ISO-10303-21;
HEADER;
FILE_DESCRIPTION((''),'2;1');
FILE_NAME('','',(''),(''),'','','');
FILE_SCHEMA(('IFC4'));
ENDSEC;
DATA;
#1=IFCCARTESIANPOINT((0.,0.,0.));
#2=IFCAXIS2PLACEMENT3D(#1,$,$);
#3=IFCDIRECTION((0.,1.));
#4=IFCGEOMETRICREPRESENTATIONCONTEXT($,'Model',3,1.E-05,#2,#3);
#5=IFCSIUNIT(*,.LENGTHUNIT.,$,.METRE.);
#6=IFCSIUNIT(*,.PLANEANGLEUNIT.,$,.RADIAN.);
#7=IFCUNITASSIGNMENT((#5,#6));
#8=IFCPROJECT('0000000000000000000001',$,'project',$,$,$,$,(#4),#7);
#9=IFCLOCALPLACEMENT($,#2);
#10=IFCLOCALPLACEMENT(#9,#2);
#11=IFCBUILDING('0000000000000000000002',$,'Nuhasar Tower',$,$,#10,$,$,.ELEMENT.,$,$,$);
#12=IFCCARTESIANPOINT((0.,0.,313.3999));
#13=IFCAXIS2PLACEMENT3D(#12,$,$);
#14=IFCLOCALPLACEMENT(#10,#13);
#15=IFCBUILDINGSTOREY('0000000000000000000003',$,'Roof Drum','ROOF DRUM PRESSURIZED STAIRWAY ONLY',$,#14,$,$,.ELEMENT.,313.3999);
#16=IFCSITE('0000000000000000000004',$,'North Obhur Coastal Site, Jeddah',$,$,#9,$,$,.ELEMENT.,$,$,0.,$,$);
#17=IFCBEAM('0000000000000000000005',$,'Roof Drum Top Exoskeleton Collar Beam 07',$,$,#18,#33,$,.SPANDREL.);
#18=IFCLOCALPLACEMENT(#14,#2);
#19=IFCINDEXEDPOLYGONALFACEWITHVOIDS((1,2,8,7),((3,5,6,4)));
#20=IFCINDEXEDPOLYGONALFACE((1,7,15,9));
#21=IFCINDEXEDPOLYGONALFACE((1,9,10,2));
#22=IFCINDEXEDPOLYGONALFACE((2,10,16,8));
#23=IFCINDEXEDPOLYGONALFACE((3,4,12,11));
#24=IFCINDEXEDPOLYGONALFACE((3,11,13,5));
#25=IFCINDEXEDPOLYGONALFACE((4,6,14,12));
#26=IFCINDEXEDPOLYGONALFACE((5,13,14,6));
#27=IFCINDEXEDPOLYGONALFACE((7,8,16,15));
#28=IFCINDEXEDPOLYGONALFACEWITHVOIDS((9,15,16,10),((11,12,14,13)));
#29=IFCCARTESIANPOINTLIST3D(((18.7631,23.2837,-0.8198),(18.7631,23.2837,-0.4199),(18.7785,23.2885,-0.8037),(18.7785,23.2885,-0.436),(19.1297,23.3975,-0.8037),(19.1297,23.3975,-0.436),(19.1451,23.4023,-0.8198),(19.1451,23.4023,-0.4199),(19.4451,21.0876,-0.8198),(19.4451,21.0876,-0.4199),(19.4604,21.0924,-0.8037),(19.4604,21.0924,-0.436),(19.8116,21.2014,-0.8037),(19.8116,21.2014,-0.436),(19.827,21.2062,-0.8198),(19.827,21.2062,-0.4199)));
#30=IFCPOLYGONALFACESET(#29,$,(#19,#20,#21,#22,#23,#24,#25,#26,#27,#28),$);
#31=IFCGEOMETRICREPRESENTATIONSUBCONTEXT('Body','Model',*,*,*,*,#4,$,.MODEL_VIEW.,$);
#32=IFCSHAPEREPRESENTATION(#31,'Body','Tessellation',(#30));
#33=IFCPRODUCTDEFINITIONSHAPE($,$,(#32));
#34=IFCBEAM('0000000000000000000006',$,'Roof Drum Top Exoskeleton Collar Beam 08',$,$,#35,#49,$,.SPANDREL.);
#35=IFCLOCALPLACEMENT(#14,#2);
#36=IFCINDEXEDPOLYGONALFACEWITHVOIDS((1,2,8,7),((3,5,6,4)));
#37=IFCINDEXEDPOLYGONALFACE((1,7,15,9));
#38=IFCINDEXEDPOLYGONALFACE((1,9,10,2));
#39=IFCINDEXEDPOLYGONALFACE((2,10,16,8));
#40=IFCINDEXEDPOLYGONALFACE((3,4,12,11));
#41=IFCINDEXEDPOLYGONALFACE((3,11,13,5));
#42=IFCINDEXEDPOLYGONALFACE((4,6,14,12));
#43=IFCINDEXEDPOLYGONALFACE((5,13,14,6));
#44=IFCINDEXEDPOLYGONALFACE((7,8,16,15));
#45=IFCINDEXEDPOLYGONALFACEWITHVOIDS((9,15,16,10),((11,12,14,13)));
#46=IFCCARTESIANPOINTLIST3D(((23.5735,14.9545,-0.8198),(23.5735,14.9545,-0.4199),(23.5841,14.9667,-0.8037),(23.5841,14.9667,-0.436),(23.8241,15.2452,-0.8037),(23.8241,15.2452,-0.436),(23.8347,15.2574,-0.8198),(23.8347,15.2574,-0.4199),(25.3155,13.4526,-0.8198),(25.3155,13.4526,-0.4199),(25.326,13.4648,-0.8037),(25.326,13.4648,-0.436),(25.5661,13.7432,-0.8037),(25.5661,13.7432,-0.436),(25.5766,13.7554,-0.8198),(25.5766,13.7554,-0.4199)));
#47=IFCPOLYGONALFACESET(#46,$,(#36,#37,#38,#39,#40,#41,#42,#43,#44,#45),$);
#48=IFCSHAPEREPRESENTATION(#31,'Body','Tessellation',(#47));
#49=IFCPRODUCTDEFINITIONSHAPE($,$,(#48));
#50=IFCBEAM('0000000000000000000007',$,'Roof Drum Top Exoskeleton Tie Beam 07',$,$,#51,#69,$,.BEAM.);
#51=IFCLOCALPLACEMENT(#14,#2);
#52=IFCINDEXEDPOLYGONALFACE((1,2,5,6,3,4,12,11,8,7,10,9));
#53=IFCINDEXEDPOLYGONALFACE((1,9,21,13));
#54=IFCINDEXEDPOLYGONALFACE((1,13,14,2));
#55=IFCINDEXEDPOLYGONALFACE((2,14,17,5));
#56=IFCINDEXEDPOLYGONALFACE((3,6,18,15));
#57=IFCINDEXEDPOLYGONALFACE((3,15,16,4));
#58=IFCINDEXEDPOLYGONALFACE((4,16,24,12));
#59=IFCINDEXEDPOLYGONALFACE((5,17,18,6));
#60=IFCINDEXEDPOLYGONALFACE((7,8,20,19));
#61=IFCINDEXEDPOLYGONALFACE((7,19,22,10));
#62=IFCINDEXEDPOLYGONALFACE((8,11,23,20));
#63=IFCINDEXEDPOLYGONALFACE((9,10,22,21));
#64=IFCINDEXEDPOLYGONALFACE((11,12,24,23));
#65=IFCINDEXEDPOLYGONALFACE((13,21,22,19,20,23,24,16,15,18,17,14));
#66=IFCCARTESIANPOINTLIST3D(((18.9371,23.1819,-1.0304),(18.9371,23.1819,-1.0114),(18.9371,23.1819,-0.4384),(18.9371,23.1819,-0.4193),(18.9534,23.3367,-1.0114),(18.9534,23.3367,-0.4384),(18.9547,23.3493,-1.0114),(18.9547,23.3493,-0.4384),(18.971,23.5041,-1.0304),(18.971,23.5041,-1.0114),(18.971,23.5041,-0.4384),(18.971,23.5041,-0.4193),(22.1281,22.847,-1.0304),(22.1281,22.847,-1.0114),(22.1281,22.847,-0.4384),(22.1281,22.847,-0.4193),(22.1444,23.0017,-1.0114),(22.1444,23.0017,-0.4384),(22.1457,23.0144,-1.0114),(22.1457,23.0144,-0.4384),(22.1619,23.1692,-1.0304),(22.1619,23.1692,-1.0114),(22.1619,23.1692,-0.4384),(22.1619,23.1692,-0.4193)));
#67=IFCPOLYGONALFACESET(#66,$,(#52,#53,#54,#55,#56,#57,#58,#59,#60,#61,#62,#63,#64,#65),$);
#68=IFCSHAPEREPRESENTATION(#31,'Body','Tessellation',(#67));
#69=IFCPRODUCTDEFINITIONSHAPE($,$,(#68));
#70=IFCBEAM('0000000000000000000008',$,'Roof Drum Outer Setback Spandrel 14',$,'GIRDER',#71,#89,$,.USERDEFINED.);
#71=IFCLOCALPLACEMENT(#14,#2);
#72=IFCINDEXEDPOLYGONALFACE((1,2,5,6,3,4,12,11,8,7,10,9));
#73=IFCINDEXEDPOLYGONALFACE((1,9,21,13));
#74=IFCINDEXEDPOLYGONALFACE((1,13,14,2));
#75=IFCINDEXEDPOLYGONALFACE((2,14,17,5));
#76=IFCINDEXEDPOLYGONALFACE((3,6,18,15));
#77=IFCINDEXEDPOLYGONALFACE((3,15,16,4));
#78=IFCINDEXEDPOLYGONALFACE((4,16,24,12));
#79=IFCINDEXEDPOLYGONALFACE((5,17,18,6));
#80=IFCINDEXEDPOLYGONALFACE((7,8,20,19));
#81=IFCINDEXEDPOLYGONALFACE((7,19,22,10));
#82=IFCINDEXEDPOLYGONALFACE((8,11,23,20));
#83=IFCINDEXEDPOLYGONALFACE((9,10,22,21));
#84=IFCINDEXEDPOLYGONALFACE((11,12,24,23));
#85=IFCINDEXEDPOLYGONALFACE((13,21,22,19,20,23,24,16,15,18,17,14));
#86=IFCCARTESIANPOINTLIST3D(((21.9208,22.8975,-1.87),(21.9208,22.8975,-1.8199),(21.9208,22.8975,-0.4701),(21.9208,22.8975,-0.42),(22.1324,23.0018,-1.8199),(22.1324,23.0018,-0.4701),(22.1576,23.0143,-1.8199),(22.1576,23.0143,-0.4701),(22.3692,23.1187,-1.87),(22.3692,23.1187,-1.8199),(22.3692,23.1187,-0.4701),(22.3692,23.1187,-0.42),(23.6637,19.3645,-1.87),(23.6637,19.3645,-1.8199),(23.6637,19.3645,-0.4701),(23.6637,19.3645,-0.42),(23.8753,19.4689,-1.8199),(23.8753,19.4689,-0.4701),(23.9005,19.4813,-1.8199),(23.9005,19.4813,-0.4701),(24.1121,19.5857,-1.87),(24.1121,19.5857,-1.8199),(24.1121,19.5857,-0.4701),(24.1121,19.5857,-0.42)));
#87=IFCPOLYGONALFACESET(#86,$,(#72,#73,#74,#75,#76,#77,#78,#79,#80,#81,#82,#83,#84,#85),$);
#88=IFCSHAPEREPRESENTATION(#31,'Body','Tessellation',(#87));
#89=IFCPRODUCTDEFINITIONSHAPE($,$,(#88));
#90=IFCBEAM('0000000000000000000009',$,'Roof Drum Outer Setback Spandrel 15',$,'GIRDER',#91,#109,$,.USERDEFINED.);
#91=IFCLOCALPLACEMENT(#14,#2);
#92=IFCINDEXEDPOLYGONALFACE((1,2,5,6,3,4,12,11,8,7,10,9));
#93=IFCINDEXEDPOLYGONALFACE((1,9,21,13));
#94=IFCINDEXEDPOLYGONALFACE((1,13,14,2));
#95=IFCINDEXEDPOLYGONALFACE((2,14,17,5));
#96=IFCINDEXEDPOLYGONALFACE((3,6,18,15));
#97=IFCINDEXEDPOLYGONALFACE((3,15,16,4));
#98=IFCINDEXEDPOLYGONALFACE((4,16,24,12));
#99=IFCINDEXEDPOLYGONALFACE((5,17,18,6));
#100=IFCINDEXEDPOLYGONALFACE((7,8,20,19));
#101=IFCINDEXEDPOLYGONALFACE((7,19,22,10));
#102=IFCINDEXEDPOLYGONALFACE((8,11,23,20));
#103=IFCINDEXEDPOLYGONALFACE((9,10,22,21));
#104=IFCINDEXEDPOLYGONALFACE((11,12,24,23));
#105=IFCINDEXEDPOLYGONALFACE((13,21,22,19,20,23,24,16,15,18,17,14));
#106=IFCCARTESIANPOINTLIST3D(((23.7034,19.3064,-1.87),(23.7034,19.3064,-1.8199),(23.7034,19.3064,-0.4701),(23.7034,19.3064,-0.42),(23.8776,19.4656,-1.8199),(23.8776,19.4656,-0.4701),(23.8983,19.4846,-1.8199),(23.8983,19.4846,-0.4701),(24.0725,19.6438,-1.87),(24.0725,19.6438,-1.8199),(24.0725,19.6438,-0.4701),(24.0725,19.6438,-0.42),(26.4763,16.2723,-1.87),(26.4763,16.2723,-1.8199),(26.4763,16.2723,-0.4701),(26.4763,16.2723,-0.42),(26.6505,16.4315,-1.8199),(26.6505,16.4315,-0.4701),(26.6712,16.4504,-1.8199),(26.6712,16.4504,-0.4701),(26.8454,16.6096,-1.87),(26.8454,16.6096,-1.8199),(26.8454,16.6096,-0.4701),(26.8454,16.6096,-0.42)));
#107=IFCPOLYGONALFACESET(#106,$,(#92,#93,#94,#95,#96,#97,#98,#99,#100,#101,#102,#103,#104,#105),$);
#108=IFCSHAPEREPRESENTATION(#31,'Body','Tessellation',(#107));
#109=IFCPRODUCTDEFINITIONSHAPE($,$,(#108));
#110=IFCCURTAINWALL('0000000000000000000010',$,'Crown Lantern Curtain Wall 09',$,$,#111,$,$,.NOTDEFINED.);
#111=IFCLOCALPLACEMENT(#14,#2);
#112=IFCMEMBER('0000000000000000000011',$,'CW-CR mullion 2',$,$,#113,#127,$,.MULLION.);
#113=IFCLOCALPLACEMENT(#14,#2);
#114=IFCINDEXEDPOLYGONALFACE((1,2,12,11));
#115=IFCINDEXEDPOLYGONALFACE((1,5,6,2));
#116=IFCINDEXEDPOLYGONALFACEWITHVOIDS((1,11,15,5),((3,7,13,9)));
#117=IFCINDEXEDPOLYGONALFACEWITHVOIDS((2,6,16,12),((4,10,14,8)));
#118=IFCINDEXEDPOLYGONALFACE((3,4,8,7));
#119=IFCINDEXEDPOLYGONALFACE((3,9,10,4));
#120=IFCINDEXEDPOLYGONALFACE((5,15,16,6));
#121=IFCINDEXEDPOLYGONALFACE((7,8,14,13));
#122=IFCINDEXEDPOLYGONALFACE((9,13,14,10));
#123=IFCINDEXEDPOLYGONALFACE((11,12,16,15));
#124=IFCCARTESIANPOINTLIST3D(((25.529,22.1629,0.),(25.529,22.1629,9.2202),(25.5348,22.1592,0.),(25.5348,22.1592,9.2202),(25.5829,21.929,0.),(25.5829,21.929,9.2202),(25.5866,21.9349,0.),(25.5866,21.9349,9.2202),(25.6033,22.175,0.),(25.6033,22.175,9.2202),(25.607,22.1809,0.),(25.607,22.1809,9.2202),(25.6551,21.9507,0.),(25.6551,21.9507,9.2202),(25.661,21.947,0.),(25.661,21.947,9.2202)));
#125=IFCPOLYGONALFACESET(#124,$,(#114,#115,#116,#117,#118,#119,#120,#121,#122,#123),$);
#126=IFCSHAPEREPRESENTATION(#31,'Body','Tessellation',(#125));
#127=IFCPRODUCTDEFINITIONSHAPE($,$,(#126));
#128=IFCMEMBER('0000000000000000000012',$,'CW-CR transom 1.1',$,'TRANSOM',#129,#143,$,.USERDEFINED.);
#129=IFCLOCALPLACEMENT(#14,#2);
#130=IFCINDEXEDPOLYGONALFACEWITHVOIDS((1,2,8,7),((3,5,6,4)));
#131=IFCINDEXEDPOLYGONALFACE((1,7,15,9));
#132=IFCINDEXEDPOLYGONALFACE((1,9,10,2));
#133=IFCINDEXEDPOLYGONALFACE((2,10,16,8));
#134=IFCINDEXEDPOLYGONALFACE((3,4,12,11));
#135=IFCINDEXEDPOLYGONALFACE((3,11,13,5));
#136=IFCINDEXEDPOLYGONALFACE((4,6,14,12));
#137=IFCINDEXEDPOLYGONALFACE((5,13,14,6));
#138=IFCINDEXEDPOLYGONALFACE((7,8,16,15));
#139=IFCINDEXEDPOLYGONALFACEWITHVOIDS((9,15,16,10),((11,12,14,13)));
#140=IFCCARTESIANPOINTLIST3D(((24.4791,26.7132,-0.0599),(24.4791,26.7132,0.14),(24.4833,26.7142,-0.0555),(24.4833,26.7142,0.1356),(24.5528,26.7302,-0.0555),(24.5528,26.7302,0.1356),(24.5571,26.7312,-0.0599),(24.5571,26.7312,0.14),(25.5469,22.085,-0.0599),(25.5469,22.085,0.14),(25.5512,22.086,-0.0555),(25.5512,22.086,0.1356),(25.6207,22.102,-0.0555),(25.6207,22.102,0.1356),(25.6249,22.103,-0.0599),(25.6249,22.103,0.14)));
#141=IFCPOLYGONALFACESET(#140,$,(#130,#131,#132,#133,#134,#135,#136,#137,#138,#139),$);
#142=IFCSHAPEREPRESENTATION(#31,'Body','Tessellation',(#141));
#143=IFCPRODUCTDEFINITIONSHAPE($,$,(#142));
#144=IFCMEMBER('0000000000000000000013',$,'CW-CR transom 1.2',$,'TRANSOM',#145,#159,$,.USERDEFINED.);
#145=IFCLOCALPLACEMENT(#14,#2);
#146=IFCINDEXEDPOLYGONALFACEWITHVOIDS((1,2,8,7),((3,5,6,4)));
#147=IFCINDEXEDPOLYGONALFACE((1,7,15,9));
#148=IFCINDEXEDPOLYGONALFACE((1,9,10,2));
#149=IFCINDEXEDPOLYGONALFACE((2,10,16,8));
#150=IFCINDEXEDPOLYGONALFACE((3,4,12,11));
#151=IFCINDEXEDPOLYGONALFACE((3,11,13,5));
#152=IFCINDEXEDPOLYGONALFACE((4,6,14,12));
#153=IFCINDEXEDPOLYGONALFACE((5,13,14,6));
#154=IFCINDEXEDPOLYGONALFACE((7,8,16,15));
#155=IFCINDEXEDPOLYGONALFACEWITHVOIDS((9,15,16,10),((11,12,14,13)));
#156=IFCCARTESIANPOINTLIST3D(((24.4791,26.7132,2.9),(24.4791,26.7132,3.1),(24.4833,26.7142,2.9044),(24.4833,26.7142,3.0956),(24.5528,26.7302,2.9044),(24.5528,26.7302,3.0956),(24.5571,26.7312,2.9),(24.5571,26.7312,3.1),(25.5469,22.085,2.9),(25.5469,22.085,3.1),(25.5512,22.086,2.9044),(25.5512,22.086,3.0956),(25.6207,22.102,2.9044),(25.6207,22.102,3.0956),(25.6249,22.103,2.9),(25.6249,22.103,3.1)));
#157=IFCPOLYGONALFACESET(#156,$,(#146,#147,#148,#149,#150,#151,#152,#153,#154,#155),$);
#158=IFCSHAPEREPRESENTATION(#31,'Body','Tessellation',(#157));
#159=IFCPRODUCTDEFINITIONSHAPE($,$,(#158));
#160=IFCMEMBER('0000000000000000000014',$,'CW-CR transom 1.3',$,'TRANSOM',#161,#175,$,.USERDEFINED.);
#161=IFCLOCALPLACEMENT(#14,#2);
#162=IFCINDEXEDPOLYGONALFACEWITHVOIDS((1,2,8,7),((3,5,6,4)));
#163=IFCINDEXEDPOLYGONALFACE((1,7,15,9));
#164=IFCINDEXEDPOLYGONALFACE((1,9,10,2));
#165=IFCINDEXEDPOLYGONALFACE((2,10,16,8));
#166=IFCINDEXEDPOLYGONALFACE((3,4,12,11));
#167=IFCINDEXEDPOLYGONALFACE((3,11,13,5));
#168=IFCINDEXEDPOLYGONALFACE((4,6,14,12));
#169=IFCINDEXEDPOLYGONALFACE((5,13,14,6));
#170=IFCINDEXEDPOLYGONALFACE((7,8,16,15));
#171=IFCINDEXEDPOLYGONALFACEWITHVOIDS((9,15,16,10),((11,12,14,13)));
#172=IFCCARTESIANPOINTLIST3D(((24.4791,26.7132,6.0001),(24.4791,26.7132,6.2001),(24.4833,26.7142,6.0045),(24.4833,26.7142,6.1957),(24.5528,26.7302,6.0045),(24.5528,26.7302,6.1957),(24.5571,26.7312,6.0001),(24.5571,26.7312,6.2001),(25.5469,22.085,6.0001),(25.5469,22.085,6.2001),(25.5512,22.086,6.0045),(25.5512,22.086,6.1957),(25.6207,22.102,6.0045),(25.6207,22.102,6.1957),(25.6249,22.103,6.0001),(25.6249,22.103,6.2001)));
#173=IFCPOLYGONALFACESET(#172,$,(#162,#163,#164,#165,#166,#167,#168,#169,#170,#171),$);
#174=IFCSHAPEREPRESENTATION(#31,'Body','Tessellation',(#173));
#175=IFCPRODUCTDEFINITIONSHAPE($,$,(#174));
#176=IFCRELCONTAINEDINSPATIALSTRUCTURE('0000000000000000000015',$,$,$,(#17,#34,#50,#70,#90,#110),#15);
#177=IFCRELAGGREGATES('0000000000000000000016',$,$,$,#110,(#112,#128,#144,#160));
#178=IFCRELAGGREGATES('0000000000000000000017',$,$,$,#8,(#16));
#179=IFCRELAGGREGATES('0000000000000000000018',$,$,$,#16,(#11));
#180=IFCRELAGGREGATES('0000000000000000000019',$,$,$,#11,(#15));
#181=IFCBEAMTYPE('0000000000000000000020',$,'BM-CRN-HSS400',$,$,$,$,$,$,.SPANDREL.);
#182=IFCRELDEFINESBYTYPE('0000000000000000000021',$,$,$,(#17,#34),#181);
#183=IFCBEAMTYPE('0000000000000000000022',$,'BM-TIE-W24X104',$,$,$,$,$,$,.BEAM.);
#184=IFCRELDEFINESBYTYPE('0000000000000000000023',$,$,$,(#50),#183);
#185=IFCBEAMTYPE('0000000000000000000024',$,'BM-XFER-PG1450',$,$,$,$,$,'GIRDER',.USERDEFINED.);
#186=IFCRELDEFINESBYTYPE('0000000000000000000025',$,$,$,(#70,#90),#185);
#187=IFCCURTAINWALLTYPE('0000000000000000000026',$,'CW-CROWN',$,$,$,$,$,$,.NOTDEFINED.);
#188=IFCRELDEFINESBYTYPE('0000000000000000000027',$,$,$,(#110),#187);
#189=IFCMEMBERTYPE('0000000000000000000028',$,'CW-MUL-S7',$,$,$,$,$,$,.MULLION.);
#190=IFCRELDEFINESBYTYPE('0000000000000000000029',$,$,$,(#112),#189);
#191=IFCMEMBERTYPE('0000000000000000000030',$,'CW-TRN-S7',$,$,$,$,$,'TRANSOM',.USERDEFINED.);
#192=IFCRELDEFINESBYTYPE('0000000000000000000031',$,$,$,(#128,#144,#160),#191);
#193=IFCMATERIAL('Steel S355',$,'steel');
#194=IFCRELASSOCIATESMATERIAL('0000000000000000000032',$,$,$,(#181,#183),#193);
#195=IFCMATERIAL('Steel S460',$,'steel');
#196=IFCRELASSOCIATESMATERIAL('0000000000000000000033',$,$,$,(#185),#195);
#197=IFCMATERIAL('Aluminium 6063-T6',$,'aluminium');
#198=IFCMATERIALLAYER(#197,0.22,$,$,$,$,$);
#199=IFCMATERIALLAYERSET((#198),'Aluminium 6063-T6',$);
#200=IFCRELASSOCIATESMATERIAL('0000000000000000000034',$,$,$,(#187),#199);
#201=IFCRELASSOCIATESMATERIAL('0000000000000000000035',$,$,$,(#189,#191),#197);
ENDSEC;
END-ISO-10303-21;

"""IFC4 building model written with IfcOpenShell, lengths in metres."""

from ifc_helpers import new_model, si_unit, direction, frame, origin, origin_2d, place, context, subcontext, project, spatial, hollow_rectangle, i_section, extrude, material, layer, layer_set, material_profile, profile_set, type_object, element, aggregate, save


model = new_model("IFC4")

# Units and contexts
model_context = context("Model", 3, precision=1e-05, world=origin(), true_north=direction((0.0, 1.0)))
body_context = subcontext(model_context, "Body", "Model", "MODEL_VIEW")
ifc_project = project(units=[si_unit("LENGTHUNIT", "METRE"), si_unit("PLANEANGLEUNIT", "RADIAN")], contexts=[model_context])

# Site, building, storey
site_placement = place(None, origin())
site = spatial("IfcSite", under=ifc_project, at=site_placement, Name="North Obhur Coastal Site, Jeddah", CompositionType="ELEMENT", RefElevation=0.0)
building_placement = place(site_placement, origin())
building = spatial("IfcBuilding", under=site, at=building_placement, Name="Nuhasar Tower", CompositionType="ELEMENT")
storey_placement = place(building_placement, frame((0.0, 0.0, 313.3999)))
storey = spatial("IfcBuildingStorey", under=building, at=storey_placement, Name="Roof Drum", Description="ROOF DRUM PRESSURIZED STAIRWAY ONLY", CompositionType="ELEMENT", Elevation=313.3999)

# Beams
ifc_material_1 = material(Name="Steel S355", Category="steel")
ifc_material_profile_1 = material_profile(ifc_material_1, hollow_rectangle(XDim=0.3999, YDim=0.3999, WallThickness=0.0161, at=origin_2d()), Name="HSS400X400X16")
ifc_profile_set_1 = profile_set([ifc_material_profile_1], Name="Steel S355")
beam_type_1 = type_object("IfcBeamType", Name="BM-CRN-HSS400", PredefinedType="SPANDREL", material=ifc_profile_set_1)
beam_1_placement = place(storey_placement, frame((18.9541, 23.343, -0.6199), z_axis=(0.296539, -0.955021, 0.0), x_axis=(0.955021, 0.296539, 0.0)))
element("IfcBeam", 1, at=beam_1_placement, inside=storey, type_object=beam_type_1, Name="Roof Drum Top Exoskeleton Collar Beam 07", PredefinedType="SPANDREL", context=body_context, shape_type="SweptSolid", body=[
    extrude(hollow_rectangle(XDim=0.3999, YDim=0.3999, WallThickness=0.0161, at=origin_2d()), origin(), (0.0, 0.0, 1.0), 2.2996),
])
beam_2_placement = place(storey_placement, frame((23.7041, 15.106, -0.6199), z_axis=(0.75735, -0.653009, 0.0), x_axis=(0.653009, 0.75735, 0.0)))
element("IfcBeam", 2, at=beam_2_placement, inside=storey, type_object=beam_type_1, Name="Roof Drum Top Exoskeleton Collar Beam 08", PredefinedType="SPANDREL", context=body_context, shape_type="SweptSolid", body=[
    extrude(hollow_rectangle(XDim=0.3999, YDim=0.3999, WallThickness=0.0161, at=origin_2d()), origin(), (0.0, 0.0, 1.0), 2.3),
])
ifc_material_profile_2 = material_profile(ifc_material_1, i_section(OverallWidth=0.324, OverallDepth=0.6111, WebThickness=0.0127, FlangeThickness=0.019, at=origin_2d()), Name="W24X104")
ifc_profile_set_2 = profile_set([ifc_material_profile_2], Name="Steel S355")
beam_type_2 = type_object("IfcBeamType", Name="BM-TIE-W24X104", PredefinedType="BEAM", material=ifc_profile_set_2)
beam_3_placement = place(storey_placement, frame((22.145, 23.0081, -0.7249), z_axis=(-0.994535, 0.1044, 0.0), x_axis=(-0.1044, -0.994535, 0.0)))
element("IfcBeam", 3, at=beam_3_placement, inside=storey, type_object=beam_type_2, Name="Roof Drum Top Exoskeleton Tie Beam 07", PredefinedType="BEAM", context=body_context, shape_type="SweptSolid", body=[
    extrude(i_section(OverallWidth=0.324, OverallDepth=0.6111, WebThickness=0.0127, FlangeThickness=0.019, at=origin_2d()), origin(), (0.0, 0.0, 1.0), 3.2085),
])
ifc_material_2 = material(Name="Steel S460", Category="steel")
ifc_material_profile_3 = material_profile(ifc_material_2, i_section(OverallWidth=0.5, OverallDepth=1.45, WebThickness=0.0281, FlangeThickness=0.05, at=origin_2d()), Name="PG1450X500")
ifc_profile_set_3 = profile_set([ifc_material_profile_3], Name="Steel S460")
beam_type_3 = type_object("IfcBeamType", Name="BM-XFER-PG1450", ElementType="GIRDER", PredefinedType="USERDEFINED", material=ifc_profile_set_3)
beam_4_placement = place(storey_placement, frame((22.145, 23.0081, -1.145), z_axis=(0.442423, -0.896807, 0.0), x_axis=(0.896807, 0.442423, 0.0)))
element("IfcBeam", 4, at=beam_4_placement, inside=storey, type_object=beam_type_3, Name="Roof Drum Outer Setback Spandrel 14", ObjectType="GIRDER", PredefinedType="USERDEFINED", context=body_context, shape_type="SweptSolid", body=[
    extrude(i_section(OverallWidth=0.5, OverallDepth=1.45, WebThickness=0.0281, FlangeThickness=0.05, at=origin_2d()), origin(), (0.0, 0.0, 1.0), 3.9395),
])
beam_5_placement = place(storey_placement, frame((23.8879, 19.4751, -1.145), z_axis=(0.674616, -0.738169, 0.0), x_axis=(0.738169, 0.674616, 0.0)))
element("IfcBeam", 5, at=beam_5_placement, inside=storey, type_object=beam_type_3, Name="Roof Drum Outer Setback Spandrel 15", ObjectType="GIRDER", PredefinedType="USERDEFINED", context=body_context, shape_type="SweptSolid", body=[
    extrude(i_section(OverallWidth=0.5, OverallDepth=1.45, WebThickness=0.0281, FlangeThickness=0.05, at=origin_2d()), origin(), (0.0, 0.0, 1.0), 4.1104),
])

# Curtain wall, members
ifc_material_3 = material(Name="Aluminium 6063-T6", Category="aluminium")
ifc_layer_1 = layer(ifc_material_3, 0.22)
ifc_layer_set_1 = layer_set([ifc_layer_1], Name="Aluminium 6063-T6")
curtain_wall_type = type_object("IfcCurtainWallType", Name="CW-CROWN", PredefinedType="NOTDEFINED", material=ifc_layer_set_1)
curtain_wall_placement = place(storey_placement, origin())
curtain_wall = element("IfcCurtainWall", 6, at=curtain_wall_placement, inside=storey, type_object=curtain_wall_type, Name="Crown Lantern Curtain Wall 09", PredefinedType="NOTDEFINED")
ifc_material_profile_4 = material_profile(ifc_material_3, hollow_rectangle(XDim=0.0801, YDim=0.24, WallThickness=0.0049, at=origin_2d()), Name="CWM-7")
ifc_profile_set_4 = profile_set([ifc_material_profile_4], Name="Aluminium 6063-T6")
member_type_1 = type_object("IfcMemberType", Name="CW-MUL-S7", PredefinedType="MULLION", material=ifc_profile_set_4)
member_1_placement = place(storey_placement, frame((25.595, 22.0549, 0.0), z_axis=(0.0, 0.0, 1.0), x_axis=(0.974391, 0.22486, 0.0)))
member_1 = element("IfcMember", 7, at=member_1_placement, type_object=member_type_1, Name="CW-CR mullion 2", PredefinedType="MULLION", context=body_context, shape_type="SweptSolid", body=[
    extrude(hollow_rectangle(XDim=0.0801, YDim=0.24, WallThickness=0.0049, at=origin_2d()), origin(), (0.0, 0.0, 1.0), 9.2202),
])
ifc_material_profile_5 = material_profile(ifc_material_3, hollow_rectangle(XDim=0.0801, YDim=0.2, WallThickness=0.0044, at=origin_2d()), Name="CWT-7")
ifc_profile_set_5 = profile_set([ifc_material_profile_5], Name="Aluminium 6063-T6")
member_type_2 = type_object("IfcMemberType", Name="CW-TRN-S7", ElementType="TRANSOM", PredefinedType="USERDEFINED", material=ifc_profile_set_5)
member_2_placement = place(storey_placement, frame((24.5181, 26.7222, 0.04), z_axis=(0.224826, -0.974399, 0.0), x_axis=(0.974399, 0.224826, 0.0)))
member_2 = element("IfcMember", 8, at=member_2_placement, type_object=member_type_2, Name="CW-CR transom 1.1", ObjectType="TRANSOM", PredefinedType="USERDEFINED", context=body_context, shape_type="SweptSolid", body=[
    extrude(hollow_rectangle(XDim=0.0801, YDim=0.2, WallThickness=0.0044, at=origin_2d()), origin(), (0.0, 0.0, 1.0), 4.7498),
])
member_3_placement = place(storey_placement, frame((24.5181, 26.7222, 3.0), z_axis=(0.224826, -0.974399, 0.0), x_axis=(0.974399, 0.224826, 0.0)))
member_3 = element("IfcMember", 9, at=member_3_placement, type_object=member_type_2, Name="CW-CR transom 1.2", ObjectType="TRANSOM", PredefinedType="USERDEFINED", context=body_context, shape_type="SweptSolid", body=[
    extrude(hollow_rectangle(XDim=0.0801, YDim=0.2, WallThickness=0.0044, at=origin_2d()), origin(), (0.0, 0.0, 1.0), 4.7498),
])
member_4_placement = place(storey_placement, frame((24.5181, 26.7222, 6.1001), z_axis=(0.224826, -0.974399, 0.0), x_axis=(0.974399, 0.224826, 0.0)))
member_4 = element("IfcMember", 10, at=member_4_placement, type_object=member_type_2, Name="CW-CR transom 1.3", ObjectType="TRANSOM", PredefinedType="USERDEFINED", context=body_context, shape_type="SweptSolid", body=[
    extrude(hollow_rectangle(XDim=0.0801, YDim=0.2, WallThickness=0.0044, at=origin_2d()), origin(), (0.0, 0.0, 1.0), 4.7498),
])
aggregate(curtain_wall, [member_1, member_2, member_3, member_4])

save(model, "model.ifc")
